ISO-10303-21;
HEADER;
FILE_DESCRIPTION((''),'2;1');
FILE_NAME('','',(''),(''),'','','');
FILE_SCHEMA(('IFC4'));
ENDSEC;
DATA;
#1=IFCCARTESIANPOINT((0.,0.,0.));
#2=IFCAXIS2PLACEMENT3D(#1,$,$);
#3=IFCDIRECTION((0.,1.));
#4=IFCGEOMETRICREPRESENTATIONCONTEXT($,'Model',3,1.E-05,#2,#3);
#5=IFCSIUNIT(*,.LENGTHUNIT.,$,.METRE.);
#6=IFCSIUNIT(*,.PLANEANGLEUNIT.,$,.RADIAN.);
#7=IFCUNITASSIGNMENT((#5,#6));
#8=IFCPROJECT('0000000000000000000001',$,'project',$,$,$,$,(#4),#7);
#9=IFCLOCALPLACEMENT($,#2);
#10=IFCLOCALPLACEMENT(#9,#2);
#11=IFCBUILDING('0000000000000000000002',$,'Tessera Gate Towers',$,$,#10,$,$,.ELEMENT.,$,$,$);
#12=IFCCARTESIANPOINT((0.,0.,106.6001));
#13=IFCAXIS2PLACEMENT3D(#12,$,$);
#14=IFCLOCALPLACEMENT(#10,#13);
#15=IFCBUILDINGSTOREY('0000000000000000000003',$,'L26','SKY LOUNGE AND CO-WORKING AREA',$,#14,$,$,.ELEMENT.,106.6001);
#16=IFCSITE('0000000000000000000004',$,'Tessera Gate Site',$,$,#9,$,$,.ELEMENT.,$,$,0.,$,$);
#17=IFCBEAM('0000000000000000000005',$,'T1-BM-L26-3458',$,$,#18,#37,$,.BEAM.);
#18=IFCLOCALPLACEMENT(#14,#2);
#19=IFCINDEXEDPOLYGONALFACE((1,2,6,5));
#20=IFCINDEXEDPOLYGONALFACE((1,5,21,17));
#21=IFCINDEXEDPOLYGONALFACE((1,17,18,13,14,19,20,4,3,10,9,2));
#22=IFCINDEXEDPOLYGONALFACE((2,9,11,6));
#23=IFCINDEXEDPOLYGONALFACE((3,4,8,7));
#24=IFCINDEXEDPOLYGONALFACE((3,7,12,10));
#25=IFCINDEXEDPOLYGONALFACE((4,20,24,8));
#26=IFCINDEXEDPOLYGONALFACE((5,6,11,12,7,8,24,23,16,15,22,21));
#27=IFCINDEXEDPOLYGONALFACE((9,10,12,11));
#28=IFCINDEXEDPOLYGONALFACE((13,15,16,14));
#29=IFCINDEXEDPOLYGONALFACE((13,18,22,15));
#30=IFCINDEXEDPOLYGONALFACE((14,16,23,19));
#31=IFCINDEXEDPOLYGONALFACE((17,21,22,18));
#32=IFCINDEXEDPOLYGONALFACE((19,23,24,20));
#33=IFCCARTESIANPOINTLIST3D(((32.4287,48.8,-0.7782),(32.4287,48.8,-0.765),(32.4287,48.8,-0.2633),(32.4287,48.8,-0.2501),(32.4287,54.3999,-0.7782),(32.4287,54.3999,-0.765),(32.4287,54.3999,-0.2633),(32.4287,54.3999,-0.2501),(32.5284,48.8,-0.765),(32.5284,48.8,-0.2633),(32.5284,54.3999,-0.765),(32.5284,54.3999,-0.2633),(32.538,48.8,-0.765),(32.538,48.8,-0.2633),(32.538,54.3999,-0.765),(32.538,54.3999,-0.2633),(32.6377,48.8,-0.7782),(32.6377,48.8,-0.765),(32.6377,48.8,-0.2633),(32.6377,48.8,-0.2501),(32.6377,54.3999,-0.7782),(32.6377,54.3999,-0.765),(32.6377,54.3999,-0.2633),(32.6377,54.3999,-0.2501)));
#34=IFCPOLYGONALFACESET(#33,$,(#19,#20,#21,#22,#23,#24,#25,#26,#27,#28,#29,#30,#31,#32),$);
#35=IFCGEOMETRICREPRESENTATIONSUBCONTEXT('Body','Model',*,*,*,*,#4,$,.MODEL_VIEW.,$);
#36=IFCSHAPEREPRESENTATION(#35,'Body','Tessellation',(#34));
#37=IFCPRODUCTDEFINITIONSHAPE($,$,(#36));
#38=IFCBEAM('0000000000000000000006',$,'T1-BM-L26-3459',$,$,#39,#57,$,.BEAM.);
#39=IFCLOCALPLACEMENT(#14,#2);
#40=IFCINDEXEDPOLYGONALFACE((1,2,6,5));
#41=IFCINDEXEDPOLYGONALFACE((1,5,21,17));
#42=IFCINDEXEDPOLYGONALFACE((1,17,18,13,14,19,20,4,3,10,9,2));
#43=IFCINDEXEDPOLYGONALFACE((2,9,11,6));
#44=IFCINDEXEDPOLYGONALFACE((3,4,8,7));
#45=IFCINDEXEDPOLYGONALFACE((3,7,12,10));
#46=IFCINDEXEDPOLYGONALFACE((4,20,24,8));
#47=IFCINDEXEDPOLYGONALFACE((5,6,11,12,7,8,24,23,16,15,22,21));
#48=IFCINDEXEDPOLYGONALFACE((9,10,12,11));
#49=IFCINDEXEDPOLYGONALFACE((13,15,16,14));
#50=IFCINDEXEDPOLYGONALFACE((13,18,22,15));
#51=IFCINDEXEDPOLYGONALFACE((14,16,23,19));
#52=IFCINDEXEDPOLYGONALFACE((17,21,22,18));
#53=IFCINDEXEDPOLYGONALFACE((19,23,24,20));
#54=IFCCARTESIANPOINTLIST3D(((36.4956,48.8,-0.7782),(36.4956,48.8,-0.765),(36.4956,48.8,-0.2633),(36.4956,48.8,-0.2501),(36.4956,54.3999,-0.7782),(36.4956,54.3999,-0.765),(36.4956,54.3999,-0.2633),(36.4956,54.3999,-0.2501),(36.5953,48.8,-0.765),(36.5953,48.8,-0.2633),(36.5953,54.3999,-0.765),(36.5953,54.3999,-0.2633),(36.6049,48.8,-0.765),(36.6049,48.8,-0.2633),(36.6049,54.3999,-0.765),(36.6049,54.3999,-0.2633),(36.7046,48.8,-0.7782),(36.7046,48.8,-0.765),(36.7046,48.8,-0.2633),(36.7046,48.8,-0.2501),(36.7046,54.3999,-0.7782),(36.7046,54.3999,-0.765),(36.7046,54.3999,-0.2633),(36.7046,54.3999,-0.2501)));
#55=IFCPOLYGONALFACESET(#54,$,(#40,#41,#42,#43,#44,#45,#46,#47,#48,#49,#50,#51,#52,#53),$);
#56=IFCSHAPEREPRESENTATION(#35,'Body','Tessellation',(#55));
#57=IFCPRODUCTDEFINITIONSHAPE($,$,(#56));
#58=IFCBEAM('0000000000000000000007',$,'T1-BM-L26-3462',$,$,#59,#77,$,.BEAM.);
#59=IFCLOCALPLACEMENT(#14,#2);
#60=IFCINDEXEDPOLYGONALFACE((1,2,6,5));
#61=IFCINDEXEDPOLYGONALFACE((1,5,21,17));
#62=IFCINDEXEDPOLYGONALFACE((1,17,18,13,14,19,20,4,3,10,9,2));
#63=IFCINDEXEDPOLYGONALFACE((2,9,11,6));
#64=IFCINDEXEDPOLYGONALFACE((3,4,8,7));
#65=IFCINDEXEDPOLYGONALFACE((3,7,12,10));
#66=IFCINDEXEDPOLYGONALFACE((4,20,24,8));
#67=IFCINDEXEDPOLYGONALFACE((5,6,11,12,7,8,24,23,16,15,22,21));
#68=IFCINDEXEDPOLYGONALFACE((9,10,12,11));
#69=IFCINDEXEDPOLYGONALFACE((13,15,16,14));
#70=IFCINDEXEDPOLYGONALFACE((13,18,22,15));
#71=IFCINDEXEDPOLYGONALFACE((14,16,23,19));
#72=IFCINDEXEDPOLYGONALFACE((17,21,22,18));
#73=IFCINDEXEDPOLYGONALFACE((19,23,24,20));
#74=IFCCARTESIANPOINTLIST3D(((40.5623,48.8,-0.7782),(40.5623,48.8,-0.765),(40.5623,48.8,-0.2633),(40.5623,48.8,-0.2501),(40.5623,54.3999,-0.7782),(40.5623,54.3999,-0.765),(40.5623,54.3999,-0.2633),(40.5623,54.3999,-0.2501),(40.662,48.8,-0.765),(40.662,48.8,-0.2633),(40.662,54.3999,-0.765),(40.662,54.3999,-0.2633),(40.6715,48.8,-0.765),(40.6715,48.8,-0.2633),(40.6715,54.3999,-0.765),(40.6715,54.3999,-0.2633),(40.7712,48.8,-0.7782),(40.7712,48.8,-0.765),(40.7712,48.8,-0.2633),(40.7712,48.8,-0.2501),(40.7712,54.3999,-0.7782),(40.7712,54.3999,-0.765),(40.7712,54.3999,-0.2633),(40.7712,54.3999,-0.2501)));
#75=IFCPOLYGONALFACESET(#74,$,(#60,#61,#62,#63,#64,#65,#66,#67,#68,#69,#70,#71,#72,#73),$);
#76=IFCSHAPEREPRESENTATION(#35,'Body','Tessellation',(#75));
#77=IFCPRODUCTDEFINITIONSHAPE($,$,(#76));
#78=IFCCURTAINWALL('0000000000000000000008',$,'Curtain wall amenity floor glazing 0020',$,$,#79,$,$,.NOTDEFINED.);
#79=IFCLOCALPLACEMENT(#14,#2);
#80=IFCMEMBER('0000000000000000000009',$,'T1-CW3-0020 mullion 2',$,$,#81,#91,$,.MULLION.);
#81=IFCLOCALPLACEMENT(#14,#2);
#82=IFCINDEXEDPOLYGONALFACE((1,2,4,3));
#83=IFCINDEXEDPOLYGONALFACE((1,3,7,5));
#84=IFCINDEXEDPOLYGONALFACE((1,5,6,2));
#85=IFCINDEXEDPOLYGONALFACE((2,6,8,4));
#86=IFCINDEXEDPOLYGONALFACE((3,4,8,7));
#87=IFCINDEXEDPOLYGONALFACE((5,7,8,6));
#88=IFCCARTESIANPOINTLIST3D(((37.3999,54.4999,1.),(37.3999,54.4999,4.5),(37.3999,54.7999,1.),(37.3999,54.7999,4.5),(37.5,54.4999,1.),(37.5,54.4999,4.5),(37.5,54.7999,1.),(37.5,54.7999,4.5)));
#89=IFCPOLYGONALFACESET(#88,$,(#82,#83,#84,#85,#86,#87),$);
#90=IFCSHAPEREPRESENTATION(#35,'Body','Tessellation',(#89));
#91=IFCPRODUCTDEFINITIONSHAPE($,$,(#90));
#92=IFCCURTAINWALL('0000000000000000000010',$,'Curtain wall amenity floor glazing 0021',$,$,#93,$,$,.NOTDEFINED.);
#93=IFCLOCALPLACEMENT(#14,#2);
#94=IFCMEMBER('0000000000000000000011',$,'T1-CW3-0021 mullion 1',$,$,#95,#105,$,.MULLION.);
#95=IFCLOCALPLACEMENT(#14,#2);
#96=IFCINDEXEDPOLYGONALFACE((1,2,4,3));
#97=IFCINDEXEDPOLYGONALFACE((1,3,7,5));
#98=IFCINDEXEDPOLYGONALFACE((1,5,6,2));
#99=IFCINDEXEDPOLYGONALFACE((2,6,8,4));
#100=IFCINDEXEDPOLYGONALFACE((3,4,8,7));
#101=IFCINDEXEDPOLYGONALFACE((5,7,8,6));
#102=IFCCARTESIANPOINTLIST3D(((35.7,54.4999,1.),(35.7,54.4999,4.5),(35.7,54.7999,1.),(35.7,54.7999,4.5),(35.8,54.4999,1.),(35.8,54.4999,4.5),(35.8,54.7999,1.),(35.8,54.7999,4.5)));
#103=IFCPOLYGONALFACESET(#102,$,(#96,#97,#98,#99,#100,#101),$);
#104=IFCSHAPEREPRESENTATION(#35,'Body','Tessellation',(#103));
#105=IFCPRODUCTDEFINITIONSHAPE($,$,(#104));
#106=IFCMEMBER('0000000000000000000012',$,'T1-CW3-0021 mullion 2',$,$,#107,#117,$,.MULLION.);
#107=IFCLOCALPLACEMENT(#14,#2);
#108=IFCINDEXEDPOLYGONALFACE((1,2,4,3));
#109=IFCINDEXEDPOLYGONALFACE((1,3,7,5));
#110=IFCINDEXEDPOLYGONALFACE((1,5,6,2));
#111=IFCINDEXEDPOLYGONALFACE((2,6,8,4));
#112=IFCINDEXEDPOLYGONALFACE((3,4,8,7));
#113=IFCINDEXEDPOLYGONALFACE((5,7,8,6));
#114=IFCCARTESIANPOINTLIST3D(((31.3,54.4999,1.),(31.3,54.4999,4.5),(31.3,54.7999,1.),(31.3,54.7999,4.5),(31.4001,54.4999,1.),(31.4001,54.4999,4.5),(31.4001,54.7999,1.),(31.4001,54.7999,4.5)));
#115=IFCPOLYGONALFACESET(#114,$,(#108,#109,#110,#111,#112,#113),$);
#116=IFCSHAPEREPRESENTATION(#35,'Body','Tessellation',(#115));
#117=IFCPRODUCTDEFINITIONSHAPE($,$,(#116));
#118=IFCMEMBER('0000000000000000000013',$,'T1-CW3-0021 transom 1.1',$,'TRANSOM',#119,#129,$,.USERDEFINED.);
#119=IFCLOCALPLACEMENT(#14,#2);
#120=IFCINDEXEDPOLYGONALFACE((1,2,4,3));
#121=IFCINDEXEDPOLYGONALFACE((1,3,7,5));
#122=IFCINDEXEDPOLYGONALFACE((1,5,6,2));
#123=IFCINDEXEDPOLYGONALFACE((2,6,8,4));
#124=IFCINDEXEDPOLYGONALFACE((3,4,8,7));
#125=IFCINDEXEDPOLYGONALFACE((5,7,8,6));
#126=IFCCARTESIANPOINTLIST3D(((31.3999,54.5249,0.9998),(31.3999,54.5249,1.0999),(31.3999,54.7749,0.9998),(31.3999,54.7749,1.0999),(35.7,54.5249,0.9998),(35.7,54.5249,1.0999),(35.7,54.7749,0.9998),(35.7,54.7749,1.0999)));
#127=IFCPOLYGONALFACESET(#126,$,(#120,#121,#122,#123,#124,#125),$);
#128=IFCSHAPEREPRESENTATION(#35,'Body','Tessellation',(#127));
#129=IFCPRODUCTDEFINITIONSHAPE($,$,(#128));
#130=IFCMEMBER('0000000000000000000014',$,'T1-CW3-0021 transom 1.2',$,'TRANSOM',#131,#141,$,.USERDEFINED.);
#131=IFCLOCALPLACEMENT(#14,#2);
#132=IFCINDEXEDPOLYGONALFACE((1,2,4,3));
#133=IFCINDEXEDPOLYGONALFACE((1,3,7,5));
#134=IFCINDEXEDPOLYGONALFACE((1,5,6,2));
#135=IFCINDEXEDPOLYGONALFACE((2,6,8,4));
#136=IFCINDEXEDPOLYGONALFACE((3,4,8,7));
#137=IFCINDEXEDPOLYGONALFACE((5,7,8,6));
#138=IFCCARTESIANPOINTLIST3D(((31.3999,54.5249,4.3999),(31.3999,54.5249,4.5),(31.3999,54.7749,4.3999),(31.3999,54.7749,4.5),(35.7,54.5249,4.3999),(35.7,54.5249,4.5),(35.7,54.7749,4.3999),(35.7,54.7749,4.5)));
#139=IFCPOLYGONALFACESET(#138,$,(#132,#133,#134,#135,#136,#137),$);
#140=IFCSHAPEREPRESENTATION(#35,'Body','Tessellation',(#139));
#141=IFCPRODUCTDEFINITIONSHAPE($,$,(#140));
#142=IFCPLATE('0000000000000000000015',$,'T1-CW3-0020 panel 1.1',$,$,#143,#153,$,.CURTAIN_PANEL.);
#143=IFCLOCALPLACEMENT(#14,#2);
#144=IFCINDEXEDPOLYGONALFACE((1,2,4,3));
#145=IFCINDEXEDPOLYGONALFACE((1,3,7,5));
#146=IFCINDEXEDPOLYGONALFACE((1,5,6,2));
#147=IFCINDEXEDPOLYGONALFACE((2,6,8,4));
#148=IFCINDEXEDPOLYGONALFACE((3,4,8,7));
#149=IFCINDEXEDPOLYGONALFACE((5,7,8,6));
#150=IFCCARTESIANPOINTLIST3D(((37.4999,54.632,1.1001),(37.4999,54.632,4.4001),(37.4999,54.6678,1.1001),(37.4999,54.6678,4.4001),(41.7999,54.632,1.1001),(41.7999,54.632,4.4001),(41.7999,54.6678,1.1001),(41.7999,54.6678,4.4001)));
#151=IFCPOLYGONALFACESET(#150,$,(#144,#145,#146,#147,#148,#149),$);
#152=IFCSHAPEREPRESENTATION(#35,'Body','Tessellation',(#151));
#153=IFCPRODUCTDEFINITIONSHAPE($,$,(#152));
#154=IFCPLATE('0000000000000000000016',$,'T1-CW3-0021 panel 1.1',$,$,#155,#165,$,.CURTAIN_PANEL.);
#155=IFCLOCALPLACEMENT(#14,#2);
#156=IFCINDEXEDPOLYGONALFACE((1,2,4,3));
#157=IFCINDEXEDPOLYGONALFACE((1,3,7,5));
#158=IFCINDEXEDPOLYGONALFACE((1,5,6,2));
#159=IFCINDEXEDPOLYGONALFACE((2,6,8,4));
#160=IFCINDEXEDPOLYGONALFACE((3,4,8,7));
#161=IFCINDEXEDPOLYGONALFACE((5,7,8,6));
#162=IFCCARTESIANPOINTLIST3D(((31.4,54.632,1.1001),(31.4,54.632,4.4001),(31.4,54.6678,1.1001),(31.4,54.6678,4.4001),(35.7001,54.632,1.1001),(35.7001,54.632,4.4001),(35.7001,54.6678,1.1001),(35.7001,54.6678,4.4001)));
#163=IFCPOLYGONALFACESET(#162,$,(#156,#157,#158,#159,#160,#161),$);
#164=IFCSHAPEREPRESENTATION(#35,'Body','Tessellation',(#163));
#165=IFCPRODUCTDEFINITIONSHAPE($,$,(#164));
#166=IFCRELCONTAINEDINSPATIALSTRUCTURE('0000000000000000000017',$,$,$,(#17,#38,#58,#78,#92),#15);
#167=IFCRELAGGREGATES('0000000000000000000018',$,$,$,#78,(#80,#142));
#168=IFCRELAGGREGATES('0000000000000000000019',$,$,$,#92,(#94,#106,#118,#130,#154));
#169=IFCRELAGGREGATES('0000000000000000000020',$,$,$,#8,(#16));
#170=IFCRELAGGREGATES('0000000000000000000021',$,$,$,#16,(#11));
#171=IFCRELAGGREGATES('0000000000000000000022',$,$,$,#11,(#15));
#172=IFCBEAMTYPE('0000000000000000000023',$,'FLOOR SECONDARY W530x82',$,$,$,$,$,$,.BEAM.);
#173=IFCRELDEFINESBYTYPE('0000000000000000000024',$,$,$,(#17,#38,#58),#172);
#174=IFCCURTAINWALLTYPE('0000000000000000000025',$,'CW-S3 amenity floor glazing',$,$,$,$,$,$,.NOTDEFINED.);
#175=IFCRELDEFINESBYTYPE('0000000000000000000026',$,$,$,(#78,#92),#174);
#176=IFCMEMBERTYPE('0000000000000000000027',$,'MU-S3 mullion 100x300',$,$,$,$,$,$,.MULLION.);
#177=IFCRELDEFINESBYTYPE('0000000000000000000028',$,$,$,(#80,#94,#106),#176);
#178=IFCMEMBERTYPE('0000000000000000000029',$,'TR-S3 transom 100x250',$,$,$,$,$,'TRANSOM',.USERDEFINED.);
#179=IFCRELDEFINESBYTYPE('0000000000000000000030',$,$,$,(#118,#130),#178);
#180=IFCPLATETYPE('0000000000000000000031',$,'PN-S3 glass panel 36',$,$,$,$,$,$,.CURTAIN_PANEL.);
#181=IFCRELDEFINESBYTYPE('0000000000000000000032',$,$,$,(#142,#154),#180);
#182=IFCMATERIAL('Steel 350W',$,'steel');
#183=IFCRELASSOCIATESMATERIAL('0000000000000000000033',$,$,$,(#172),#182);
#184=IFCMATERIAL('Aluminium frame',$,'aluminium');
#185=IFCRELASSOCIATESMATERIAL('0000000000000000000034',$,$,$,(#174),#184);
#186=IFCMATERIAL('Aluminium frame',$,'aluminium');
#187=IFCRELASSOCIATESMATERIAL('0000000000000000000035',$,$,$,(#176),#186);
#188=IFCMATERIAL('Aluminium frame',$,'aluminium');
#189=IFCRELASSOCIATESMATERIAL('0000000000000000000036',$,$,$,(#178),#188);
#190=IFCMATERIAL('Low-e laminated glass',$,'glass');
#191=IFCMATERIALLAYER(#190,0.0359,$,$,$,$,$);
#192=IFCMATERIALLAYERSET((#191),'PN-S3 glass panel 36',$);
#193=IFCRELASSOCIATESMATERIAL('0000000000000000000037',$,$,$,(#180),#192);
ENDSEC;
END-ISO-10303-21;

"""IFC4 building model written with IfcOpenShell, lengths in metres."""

from ifc_helpers import new_model, si_unit, direction, frame, origin, origin_2d, place, context, subcontext, project, spatial, rectangle, i_section, extrude, material, layer, layer_set, material_profile, profile_set, type_object, element, aggregate, save


model = new_model("IFC4")

# Units and contexts
model_context = context("Model", 3, precision=1e-05, world=origin(), true_north=direction((0.0, 1.0)))
body_context = subcontext(model_context, "Body", "Model", "MODEL_VIEW")
ifc_project = project(units=[si_unit("LENGTHUNIT", "METRE"), si_unit("PLANEANGLEUNIT", "RADIAN")], contexts=[model_context])

# Site, building, storey
site_placement = place(None, origin())
site = spatial("IfcSite", under=ifc_project, at=site_placement, Name="Tessera Gate Site", CompositionType="ELEMENT", RefElevation=0.0)
building_placement = place(site_placement, origin())
building = spatial("IfcBuilding", under=site, at=building_placement, Name="Tessera Gate Towers", CompositionType="ELEMENT")
storey_placement = place(building_placement, frame((0.0, 0.0, 106.6001)))
storey = spatial("IfcBuildingStorey", under=building, at=storey_placement, Name="L26", Description="SKY LOUNGE AND CO-WORKING AREA", CompositionType="ELEMENT", Elevation=106.6001)

# Beams
ifc_material_1 = material(Name="Steel 350W", Category="steel")
ifc_material_profile_1 = material_profile(ifc_material_1, i_section(OverallWidth=0.209, OverallDepth=0.5281, WebThickness=0.0095, FlangeThickness=0.0132, at=origin_2d()), Name="W530x82")
ifc_profile_set_1 = profile_set([ifc_material_profile_1], Name="Steel 350W")
beam_type = type_object("IfcBeamType", Name="FLOOR SECONDARY W530x82", PredefinedType="BEAM", material=ifc_profile_set_1)
for number, where, z_axis, x_axis, name in (
    (1, (32.5332, 48.8, -0.5142), (0.0, 1.0, 0.0), (-1.0, 0.0, 0.0), "T1-BM-L26-3458"),
    (2, (36.6001, 48.8, -0.5142), (0.0, 1.0, 0.0), (-1.0, 0.0, 0.0), "T1-BM-L26-3459"),
    (3, (40.6667, 48.8, -0.5142), (0.0, 1.0, 0.0), (-1.0, 0.0, 0.0), "T1-BM-L26-3462"),
):
    element("IfcBeam", number, at=place(storey_placement, frame(where, z_axis=z_axis, x_axis=x_axis)), inside=storey, type_object=beam_type, Name=name, PredefinedType="BEAM", context=body_context, shape_type="SweptSolid", body=[
        extrude(i_section(OverallWidth=0.209, OverallDepth=0.5281, WebThickness=0.0095, FlangeThickness=0.0132, at=origin_2d()), origin(), (0.0, 0.0, 1.0), 5.5999),
    ])

# Curtain wall, member
ifc_material_2 = material(Name="Aluminium frame", Category="aluminium")
curtain_wall_type = type_object("IfcCurtainWallType", Name="CW-S3 amenity floor glazing", PredefinedType="NOTDEFINED", material=ifc_material_2)
curtain_wall_1_placement = place(storey_placement, origin())
curtain_wall_1 = element("IfcCurtainWall", 4, at=curtain_wall_1_placement, inside=storey, type_object=curtain_wall_type, Name="Curtain wall amenity floor glazing 0020", PredefinedType="NOTDEFINED")
ifc_material_3 = material(Name="Aluminium frame", Category="aluminium")
ifc_material_profile_2 = material_profile(ifc_material_3, rectangle(XDim=0.1001, YDim=0.3, at=origin_2d()), Name="AL 100x300")
ifc_profile_set_2 = profile_set([ifc_material_profile_2], Name="Aluminium frame")
member_type_1 = type_object("IfcMemberType", Name="MU-S3 mullion 100x300", PredefinedType="MULLION", material=ifc_profile_set_2)
member_1_placement = place(storey_placement, frame((37.45, 54.6499, 1.0), z_axis=(0.0, 0.0, 1.0), x_axis=(-1.0, 0.0, 0.0)))
member_1 = element("IfcMember", 5, at=member_1_placement, type_object=member_type_1, Name="T1-CW3-0020 mullion 2", PredefinedType="MULLION", context=body_context, shape_type="SweptSolid", body=[
    extrude(rectangle(XDim=0.1001, YDim=0.3, at=origin_2d()), origin(), (0.0, 0.0, 1.0), 3.5),
])

# Curtain wall, members
curtain_wall_2_placement = place(storey_placement, origin())
curtain_wall_2 = element("IfcCurtainWall", 6, at=curtain_wall_2_placement, inside=storey, type_object=curtain_wall_type, Name="Curtain wall amenity floor glazing 0021", PredefinedType="NOTDEFINED")
member_2_placement = place(storey_placement, frame((35.75, 54.6499, 1.0), z_axis=(0.0, 0.0, 1.0), x_axis=(-1.0, 0.0, 0.0)))
member_2 = element("IfcMember", 7, at=member_2_placement, type_object=member_type_1, Name="T1-CW3-0021 mullion 1", PredefinedType="MULLION", context=body_context, shape_type="SweptSolid", body=[
    extrude(rectangle(XDim=0.1001, YDim=0.3, at=origin_2d()), origin(), (0.0, 0.0, 1.0), 3.5),
])
member_3_placement = place(storey_placement, frame((31.3501, 54.6499, 1.0), z_axis=(0.0, 0.0, 1.0), x_axis=(-1.0, 0.0, 0.0)))
member_3 = element("IfcMember", 8, at=member_3_placement, type_object=member_type_1, Name="T1-CW3-0021 mullion 2", PredefinedType="MULLION", context=body_context, shape_type="SweptSolid", body=[
    extrude(rectangle(XDim=0.1001, YDim=0.3, at=origin_2d()), origin(), (0.0, 0.0, 1.0), 3.5),
])
ifc_material_4 = material(Name="Aluminium frame", Category="aluminium")
ifc_material_profile_3 = material_profile(ifc_material_4, rectangle(XDim=0.25, YDim=0.1001, at=origin_2d()), Name="AL 100x250")
ifc_profile_set_3 = profile_set([ifc_material_profile_3], Name="Aluminium frame")
member_type_2 = type_object("IfcMemberType", Name="TR-S3 transom 100x250", ElementType="TRANSOM", PredefinedType="USERDEFINED", material=ifc_profile_set_3)
member_4_placement = place(storey_placement, frame((35.7, 54.6499, 1.0498), z_axis=(-1.0, 0.0, 0.0), x_axis=(0.0, -1.0, 0.0)))
member_4 = element("IfcMember", 9, at=member_4_placement, type_object=member_type_2, Name="T1-CW3-0021 transom 1.1", ObjectType="TRANSOM", PredefinedType="USERDEFINED", context=body_context, shape_type="SweptSolid", body=[
    extrude(rectangle(XDim=0.25, YDim=0.1001, at=origin_2d()), origin(), (0.0, 0.0, 1.0), 4.3),
])
member_5_placement = place(storey_placement, frame((35.7, 54.6499, 4.45), z_axis=(-1.0, 0.0, 0.0), x_axis=(0.0, -1.0, 0.0)))
member_5 = element("IfcMember", 10, at=member_5_placement, type_object=member_type_2, Name="T1-CW3-0021 transom 1.2", ObjectType="TRANSOM", PredefinedType="USERDEFINED", context=body_context, shape_type="SweptSolid", body=[
    extrude(rectangle(XDim=0.25, YDim=0.1001, at=origin_2d()), origin(), (0.0, 0.0, 1.0), 4.3),
])

# Plates
ifc_material_5 = material(Name="Low-e laminated glass", Category="glass")
ifc_layer_1 = layer(ifc_material_5, 0.0359)
ifc_layer_set_1 = layer_set([ifc_layer_1], Name="PN-S3 glass panel 36")
plate_type = type_object("IfcPlateType", Name="PN-S3 glass panel 36", PredefinedType="CURTAIN_PANEL", material=ifc_layer_set_1)
plate_1_placement = place(storey_placement, frame((39.6499, 54.6499, 1.1001), z_axis=(0.0, 0.0, 1.0), x_axis=(-1.0, 0.0, 0.0)))
plate_1 = element("IfcPlate", 11, at=plate_1_placement, type_object=plate_type, Name="T1-CW3-0020 panel 1.1", PredefinedType="CURTAIN_PANEL", context=body_context, shape_type="SweptSolid", body=[
    extrude(rectangle(XDim=4.3, YDim=0.0359, at=origin_2d()), origin(), (0.0, 0.0, 1.0), 3.3),
])
aggregate(curtain_wall_1, [member_1, plate_1])
plate_2_placement = place(storey_placement, frame((33.55, 54.6499, 1.1001), z_axis=(0.0, 0.0, 1.0), x_axis=(-1.0, 0.0, 0.0)))
plate_2 = element("IfcPlate", 12, at=plate_2_placement, type_object=plate_type, Name="T1-CW3-0021 panel 1.1", PredefinedType="CURTAIN_PANEL", context=body_context, shape_type="SweptSolid", body=[
    extrude(rectangle(XDim=4.3, YDim=0.0359, at=origin_2d()), origin(), (0.0, 0.0, 1.0), 3.3),
])
aggregate(curtain_wall_2, [member_2, member_3, member_4, member_5, plate_2])

save(model, "model.ifc")
